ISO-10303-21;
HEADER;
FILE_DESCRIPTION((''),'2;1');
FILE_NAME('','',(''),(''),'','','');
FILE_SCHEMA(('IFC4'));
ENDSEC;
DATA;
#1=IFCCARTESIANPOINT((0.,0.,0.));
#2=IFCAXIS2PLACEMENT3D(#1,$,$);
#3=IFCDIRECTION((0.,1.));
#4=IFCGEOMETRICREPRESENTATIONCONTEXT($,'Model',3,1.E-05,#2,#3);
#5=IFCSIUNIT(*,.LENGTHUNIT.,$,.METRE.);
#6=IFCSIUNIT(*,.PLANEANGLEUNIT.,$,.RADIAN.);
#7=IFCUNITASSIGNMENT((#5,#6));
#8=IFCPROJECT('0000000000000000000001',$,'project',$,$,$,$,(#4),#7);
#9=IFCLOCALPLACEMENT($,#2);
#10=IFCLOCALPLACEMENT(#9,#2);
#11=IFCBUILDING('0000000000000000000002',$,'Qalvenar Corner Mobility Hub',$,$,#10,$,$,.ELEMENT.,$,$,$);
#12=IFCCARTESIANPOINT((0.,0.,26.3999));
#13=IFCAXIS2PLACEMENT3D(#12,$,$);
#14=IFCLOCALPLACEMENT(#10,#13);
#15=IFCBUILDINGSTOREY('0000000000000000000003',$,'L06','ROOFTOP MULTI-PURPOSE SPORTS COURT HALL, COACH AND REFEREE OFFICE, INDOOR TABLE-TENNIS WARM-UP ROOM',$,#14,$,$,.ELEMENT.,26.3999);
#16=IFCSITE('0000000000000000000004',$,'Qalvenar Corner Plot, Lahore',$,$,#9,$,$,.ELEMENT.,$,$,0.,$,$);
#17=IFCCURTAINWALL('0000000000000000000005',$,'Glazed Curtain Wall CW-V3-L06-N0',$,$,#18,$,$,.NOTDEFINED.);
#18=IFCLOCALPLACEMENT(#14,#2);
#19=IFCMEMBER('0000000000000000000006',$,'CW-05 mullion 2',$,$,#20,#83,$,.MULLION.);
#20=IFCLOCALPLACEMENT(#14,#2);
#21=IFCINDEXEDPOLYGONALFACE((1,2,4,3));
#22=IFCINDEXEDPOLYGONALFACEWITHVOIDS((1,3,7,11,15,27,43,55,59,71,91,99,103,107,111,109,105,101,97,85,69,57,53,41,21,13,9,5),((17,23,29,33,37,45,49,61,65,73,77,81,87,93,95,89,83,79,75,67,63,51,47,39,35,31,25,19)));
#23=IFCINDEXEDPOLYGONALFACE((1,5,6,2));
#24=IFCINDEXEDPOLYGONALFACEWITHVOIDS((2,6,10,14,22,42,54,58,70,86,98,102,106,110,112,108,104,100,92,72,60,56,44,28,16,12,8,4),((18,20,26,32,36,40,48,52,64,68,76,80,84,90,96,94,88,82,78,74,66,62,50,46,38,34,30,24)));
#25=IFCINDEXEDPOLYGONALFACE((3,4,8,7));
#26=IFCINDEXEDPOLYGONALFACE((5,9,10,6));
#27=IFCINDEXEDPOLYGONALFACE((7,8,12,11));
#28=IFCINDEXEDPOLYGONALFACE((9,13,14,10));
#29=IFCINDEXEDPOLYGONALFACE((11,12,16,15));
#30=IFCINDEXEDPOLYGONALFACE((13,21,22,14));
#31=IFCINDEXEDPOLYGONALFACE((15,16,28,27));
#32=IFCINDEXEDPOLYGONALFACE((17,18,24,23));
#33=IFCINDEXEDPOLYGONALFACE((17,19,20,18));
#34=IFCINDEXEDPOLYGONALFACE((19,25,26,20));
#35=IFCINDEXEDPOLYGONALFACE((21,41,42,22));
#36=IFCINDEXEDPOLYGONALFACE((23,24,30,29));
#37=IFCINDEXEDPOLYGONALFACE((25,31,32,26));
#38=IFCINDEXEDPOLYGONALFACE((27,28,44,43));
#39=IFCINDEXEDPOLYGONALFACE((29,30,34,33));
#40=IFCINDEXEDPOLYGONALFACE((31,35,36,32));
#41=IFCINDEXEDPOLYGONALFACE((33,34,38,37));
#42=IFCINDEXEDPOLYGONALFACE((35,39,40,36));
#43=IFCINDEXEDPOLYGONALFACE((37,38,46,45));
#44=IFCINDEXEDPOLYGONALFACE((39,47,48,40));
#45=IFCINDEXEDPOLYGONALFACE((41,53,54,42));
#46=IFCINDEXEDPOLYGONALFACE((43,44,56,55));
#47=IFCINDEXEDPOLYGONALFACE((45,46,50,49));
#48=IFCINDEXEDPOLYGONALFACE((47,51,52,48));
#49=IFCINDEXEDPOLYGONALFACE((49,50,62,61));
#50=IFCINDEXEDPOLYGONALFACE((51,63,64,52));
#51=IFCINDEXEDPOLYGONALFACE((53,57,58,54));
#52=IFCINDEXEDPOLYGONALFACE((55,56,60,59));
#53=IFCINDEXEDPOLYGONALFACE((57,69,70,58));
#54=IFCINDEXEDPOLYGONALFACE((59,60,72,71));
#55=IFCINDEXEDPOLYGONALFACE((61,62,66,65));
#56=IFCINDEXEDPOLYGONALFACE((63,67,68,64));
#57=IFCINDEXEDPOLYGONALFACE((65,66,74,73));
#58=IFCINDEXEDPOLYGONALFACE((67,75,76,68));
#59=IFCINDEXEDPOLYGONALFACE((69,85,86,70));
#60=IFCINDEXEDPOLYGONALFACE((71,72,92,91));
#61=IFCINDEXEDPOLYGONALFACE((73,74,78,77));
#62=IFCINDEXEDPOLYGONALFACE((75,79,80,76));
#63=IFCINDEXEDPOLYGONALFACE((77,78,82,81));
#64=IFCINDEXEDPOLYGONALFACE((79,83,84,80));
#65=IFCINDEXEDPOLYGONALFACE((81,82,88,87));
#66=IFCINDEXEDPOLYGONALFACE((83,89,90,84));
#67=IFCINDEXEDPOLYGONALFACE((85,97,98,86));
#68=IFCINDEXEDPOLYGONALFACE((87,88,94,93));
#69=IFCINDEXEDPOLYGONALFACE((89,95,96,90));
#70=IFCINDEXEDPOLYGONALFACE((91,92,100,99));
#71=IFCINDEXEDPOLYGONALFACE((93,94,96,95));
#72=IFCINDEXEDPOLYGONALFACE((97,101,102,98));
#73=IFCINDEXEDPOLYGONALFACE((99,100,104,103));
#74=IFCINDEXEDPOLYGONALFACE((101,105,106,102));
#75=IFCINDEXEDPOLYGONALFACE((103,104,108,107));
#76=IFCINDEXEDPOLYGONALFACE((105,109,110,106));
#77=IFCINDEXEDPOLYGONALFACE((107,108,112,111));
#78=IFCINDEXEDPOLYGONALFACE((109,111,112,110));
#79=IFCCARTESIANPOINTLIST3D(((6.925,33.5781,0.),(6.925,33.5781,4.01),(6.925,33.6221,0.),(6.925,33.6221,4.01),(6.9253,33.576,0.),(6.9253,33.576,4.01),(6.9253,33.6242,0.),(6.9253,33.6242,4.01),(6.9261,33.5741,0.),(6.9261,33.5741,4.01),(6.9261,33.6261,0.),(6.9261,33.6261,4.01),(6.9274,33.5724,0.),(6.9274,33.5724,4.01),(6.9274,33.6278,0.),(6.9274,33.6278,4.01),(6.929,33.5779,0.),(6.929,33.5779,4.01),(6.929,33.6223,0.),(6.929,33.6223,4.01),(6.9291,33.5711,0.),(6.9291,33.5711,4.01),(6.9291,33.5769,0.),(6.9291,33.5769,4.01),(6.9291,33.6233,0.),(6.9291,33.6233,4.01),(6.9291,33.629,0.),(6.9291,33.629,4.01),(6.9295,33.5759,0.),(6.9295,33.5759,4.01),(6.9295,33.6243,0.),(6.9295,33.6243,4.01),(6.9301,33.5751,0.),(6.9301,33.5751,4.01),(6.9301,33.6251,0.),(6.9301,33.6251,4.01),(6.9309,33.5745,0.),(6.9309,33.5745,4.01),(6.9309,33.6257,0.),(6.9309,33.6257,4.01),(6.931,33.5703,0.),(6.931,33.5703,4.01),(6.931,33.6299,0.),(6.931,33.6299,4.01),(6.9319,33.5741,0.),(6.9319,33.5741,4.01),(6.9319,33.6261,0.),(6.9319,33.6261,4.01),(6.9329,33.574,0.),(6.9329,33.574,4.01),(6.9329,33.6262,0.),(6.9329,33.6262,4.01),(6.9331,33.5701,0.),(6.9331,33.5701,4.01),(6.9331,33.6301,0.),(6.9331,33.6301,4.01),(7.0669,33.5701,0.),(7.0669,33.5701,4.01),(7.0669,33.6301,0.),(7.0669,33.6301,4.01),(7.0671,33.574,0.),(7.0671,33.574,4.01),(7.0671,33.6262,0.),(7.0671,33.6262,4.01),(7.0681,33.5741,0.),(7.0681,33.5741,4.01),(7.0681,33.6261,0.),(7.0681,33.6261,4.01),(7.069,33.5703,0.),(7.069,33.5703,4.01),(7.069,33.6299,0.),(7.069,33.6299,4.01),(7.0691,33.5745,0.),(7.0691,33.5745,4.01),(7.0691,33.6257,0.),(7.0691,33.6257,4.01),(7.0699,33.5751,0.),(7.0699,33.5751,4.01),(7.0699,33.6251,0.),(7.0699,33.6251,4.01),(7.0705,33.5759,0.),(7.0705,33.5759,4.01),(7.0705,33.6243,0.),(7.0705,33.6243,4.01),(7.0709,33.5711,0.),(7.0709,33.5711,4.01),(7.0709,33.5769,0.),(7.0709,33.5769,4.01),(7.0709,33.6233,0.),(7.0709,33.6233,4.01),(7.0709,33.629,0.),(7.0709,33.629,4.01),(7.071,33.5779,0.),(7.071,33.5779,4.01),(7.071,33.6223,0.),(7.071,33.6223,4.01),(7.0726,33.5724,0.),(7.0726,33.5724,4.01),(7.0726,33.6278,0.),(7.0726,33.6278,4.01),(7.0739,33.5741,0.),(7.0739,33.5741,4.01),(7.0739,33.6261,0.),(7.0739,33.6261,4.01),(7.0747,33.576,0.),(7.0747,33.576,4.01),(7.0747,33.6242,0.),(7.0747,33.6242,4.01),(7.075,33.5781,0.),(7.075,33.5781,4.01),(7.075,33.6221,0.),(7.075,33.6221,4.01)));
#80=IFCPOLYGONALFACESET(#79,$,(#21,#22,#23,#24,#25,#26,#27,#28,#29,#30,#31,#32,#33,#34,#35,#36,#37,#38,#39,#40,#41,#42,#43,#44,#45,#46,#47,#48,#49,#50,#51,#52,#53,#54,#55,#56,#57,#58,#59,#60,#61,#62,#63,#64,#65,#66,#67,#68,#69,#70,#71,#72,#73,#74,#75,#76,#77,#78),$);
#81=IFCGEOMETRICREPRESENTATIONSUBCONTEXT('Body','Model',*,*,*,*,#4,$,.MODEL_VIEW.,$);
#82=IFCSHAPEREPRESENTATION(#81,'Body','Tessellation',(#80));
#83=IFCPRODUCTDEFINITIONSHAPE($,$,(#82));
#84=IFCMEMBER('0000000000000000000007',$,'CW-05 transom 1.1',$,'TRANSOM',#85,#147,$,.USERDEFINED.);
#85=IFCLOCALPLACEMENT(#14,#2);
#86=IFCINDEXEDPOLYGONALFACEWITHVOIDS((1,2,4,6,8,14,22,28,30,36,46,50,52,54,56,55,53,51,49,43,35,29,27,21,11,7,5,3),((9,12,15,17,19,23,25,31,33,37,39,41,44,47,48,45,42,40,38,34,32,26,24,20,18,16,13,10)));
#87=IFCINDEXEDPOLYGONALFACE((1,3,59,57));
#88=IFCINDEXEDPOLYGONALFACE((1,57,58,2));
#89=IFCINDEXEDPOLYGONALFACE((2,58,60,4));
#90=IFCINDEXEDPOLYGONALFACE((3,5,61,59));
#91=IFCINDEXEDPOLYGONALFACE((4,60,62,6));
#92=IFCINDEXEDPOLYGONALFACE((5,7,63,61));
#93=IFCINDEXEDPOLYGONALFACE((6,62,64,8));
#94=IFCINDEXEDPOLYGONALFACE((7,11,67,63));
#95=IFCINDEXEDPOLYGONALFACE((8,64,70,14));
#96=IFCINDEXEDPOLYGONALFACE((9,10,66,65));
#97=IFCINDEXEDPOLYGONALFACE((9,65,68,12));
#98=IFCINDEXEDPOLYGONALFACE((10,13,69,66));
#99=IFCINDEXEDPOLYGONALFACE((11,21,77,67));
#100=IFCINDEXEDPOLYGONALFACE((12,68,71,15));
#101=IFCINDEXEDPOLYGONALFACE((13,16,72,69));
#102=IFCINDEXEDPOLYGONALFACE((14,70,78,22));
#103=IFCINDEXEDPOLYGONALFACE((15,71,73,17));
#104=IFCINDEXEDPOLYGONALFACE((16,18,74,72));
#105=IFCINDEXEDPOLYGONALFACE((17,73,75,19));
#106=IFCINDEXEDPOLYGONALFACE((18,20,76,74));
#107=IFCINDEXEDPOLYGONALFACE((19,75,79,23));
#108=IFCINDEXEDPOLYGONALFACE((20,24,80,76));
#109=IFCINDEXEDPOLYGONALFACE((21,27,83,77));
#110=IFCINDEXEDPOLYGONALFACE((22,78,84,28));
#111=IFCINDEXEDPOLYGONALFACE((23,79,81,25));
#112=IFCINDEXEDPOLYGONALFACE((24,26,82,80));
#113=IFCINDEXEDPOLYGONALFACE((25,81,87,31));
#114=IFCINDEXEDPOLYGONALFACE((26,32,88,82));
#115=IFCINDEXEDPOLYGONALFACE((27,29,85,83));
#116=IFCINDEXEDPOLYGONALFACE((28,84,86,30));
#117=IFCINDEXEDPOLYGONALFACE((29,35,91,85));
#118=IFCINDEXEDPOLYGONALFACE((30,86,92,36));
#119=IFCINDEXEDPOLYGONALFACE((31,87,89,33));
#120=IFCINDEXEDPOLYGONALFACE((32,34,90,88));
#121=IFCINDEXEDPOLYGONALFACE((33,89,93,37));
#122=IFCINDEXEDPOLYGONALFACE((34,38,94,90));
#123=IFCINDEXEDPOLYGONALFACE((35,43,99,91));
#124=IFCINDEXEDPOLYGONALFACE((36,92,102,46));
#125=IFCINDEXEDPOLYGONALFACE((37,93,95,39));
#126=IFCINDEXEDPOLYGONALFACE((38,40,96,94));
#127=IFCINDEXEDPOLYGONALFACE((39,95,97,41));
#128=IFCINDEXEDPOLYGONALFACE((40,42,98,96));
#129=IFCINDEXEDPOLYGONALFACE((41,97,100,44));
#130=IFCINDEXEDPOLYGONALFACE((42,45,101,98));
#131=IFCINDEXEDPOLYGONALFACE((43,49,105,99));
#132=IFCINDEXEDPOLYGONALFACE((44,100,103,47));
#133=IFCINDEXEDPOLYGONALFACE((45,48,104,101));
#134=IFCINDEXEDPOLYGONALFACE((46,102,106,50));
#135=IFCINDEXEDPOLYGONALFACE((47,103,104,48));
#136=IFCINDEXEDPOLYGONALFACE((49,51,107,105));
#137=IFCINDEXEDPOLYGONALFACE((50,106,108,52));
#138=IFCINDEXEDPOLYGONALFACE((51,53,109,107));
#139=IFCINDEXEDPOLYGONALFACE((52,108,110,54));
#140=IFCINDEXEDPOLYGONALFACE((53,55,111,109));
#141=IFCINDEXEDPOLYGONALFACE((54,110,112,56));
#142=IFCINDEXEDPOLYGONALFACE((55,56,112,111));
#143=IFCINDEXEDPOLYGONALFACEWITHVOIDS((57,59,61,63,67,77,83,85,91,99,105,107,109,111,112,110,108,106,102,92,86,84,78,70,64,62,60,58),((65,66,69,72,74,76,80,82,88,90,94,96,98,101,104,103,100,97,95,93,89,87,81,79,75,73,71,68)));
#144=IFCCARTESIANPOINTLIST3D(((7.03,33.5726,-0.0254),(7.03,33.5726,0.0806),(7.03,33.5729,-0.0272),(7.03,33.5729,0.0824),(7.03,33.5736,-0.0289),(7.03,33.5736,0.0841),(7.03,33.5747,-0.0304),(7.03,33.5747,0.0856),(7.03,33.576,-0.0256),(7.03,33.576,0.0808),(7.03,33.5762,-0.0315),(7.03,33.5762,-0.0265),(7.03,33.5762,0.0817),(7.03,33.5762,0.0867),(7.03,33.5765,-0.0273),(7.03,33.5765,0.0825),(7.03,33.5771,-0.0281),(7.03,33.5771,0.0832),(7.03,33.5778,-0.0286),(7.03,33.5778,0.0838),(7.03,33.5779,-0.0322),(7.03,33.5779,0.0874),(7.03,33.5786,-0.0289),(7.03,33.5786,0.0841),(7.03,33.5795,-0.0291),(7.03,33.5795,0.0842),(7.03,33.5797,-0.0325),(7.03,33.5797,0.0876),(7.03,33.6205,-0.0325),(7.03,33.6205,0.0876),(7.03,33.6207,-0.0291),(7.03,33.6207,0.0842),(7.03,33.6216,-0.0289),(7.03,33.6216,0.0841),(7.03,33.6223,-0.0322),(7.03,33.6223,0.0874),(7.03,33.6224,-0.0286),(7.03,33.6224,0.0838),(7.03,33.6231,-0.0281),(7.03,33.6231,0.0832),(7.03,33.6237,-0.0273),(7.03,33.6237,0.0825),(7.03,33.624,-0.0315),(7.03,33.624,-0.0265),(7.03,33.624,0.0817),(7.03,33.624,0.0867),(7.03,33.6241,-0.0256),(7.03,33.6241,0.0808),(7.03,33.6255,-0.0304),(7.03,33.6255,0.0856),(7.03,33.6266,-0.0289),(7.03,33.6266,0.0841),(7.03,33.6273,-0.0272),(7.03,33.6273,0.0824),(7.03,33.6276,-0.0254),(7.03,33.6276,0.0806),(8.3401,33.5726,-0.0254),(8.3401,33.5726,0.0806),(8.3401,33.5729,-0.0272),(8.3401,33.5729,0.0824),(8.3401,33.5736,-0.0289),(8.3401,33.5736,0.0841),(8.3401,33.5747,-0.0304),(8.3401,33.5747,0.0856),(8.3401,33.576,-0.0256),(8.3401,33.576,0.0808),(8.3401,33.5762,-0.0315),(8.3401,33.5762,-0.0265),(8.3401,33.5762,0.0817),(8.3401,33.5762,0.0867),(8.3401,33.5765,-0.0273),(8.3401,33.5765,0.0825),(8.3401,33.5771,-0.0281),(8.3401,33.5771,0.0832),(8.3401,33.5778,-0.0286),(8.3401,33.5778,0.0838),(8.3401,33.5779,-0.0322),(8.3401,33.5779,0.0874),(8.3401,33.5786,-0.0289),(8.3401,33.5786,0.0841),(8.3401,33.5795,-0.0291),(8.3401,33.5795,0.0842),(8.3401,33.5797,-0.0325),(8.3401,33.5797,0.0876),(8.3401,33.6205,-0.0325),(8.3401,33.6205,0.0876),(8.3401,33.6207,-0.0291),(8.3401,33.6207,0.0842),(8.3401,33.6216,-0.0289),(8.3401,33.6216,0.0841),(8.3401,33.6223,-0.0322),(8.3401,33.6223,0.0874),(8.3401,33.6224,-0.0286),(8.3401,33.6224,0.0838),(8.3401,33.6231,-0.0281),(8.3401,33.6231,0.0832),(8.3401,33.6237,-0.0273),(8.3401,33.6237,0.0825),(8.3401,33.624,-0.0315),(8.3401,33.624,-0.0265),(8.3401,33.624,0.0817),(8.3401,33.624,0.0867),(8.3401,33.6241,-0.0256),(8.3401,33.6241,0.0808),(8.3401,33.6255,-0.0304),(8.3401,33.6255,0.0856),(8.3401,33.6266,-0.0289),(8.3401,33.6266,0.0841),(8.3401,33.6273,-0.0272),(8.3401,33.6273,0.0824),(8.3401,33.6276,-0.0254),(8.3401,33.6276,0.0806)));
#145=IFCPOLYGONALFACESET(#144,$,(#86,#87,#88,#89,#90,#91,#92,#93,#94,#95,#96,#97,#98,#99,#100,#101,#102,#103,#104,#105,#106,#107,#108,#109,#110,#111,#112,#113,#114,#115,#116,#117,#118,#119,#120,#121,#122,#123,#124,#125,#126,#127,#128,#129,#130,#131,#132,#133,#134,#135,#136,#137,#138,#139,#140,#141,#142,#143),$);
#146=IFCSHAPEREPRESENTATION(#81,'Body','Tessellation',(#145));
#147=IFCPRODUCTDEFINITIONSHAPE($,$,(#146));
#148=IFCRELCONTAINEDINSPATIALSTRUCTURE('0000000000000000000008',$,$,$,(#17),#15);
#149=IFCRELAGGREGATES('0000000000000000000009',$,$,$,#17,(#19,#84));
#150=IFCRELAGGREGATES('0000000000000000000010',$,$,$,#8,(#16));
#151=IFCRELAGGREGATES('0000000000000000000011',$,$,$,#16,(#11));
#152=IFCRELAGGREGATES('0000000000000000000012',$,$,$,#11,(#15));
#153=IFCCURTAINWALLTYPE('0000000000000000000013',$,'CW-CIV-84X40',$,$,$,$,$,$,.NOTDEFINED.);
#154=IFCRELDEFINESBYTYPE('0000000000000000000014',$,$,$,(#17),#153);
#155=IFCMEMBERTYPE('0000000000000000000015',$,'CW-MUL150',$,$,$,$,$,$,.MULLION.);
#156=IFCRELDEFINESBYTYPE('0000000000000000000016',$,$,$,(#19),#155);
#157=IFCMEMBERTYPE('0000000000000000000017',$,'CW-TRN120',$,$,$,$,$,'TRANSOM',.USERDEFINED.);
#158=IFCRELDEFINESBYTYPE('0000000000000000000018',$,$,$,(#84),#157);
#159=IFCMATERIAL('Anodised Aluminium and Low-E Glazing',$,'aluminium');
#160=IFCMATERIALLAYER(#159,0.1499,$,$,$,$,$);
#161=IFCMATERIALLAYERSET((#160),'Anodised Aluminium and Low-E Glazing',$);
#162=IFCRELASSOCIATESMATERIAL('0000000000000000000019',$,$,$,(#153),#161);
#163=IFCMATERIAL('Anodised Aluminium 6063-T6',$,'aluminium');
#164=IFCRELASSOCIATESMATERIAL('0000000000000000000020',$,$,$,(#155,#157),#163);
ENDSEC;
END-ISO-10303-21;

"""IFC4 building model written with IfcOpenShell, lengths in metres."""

from ifc_helpers import new_model, si_unit, direction, frame, origin, origin_2d, place, context, subcontext, project, spatial, hollow_rectangle, extrude, material, layer, layer_set, material_profile, profile_set, type_object, element, aggregate, save


model = new_model("IFC4")

# Units and contexts
model_context = context("Model", 3, precision=1e-05, world=origin(), true_north=direction((0.0, 1.0)))
body_context = subcontext(model_context, "Body", "Model", "MODEL_VIEW")
ifc_project = project(units=[si_unit("LENGTHUNIT", "METRE"), si_unit("PLANEANGLEUNIT", "RADIAN")], contexts=[model_context])

# Site, building, storey
site_placement = place(None, origin())
site = spatial("IfcSite", under=ifc_project, at=site_placement, Name="Qalvenar Corner Plot, Lahore", CompositionType="ELEMENT", RefElevation=0.0)
building_placement = place(site_placement, origin())
building = spatial("IfcBuilding", under=site, at=building_placement, Name="Qalvenar Corner Mobility Hub", CompositionType="ELEMENT")
storey_placement = place(building_placement, frame((0.0, 0.0, 26.3999)))
storey = spatial("IfcBuildingStorey", under=building, at=storey_placement, Name="L06", Description="ROOFTOP MULTI-PURPOSE SPORTS COURT HALL, COACH AND REFEREE OFFICE, INDOOR TABLE-TENNIS WARM-UP ROOM", CompositionType="ELEMENT", Elevation=26.3999)

# Curtain wall, members
ifc_material_1 = material(Name="Anodised Aluminium and Low-E Glazing", Category="aluminium")
ifc_layer_1 = layer(ifc_material_1, 0.1499)
ifc_layer_set_1 = layer_set([ifc_layer_1], Name="Anodised Aluminium and Low-E Glazing")
curtain_wall_type = type_object("IfcCurtainWallType", Name="CW-CIV-84X40", PredefinedType="NOTDEFINED", material=ifc_layer_set_1)
curtain_wall_placement = place(storey_placement, origin())
curtain_wall = element("IfcCurtainWall", 1, at=curtain_wall_placement, inside=storey, type_object=curtain_wall_type, Name="Glazed Curtain Wall CW-V3-L06-N0", PredefinedType="NOTDEFINED")
ifc_material_2 = material(Name="Anodised Aluminium 6063-T6", Category="aluminium")
ifc_material_profile_1 = material_profile(ifc_material_2, hollow_rectangle(XDim=0.0601, YDim=0.1499, WallThickness=0.0039, InnerFilletRadius=0.0039, OuterFilletRadius=0.0081, at=origin_2d()), Name="RHS150x60x4")
ifc_profile_set_1 = profile_set([ifc_material_profile_1], Name="Anodised Aluminium 6063-T6")
member_type_1 = type_object("IfcMemberType", Name="CW-MUL150", PredefinedType="MULLION", material=ifc_profile_set_1)
member_1_placement = place(storey_placement, frame((7.0, 33.6001, 0.0), z_axis=(0.0, 0.0, 1.0), x_axis=(0.0, -1.0, 0.0)))
member_1 = element("IfcMember", 2, at=member_1_placement, type_object=member_type_1, Name="CW-05 mullion 2", PredefinedType="MULLION", context=body_context, shape_type="SweptSolid", body=[
    extrude(hollow_rectangle(XDim=0.0601, YDim=0.1499, WallThickness=0.0039, InnerFilletRadius=0.0039, OuterFilletRadius=0.0081, at=origin_2d()), origin(), (0.0, 0.0, 1.0), 4.01),
])
ifc_material_profile_2 = material_profile(ifc_material_2, hollow_rectangle(XDim=0.0549, YDim=0.1201, WallThickness=0.0034, InnerFilletRadius=0.0034, OuterFilletRadius=0.0071, at=origin_2d()), Name="RHS120x55x3.5")
ifc_profile_set_2 = profile_set([ifc_material_profile_2], Name="Anodised Aluminium 6063-T6")
member_type_2 = type_object("IfcMemberType", Name="CW-TRN120", ElementType="TRANSOM", PredefinedType="USERDEFINED", material=ifc_profile_set_2)
member_2_placement = place(storey_placement, frame((8.3401, 33.6001, 0.0276), z_axis=(-1.0, 0.0, 0.0), x_axis=(0.0, -1.0, 0.0)))
member_2 = element("IfcMember", 3, at=member_2_placement, type_object=member_type_2, Name="CW-05 transom 1.1", ObjectType="TRANSOM", PredefinedType="USERDEFINED", context=body_context, shape_type="SweptSolid", body=[
    extrude(hollow_rectangle(XDim=0.0549, YDim=0.1201, WallThickness=0.0034, InnerFilletRadius=0.0034, OuterFilletRadius=0.0071, at=origin_2d()), origin(), (0.0, 0.0, 1.0), 1.3101),
])

aggregate(curtain_wall, [member_1, member_2])

save(model, "model.ifc")
